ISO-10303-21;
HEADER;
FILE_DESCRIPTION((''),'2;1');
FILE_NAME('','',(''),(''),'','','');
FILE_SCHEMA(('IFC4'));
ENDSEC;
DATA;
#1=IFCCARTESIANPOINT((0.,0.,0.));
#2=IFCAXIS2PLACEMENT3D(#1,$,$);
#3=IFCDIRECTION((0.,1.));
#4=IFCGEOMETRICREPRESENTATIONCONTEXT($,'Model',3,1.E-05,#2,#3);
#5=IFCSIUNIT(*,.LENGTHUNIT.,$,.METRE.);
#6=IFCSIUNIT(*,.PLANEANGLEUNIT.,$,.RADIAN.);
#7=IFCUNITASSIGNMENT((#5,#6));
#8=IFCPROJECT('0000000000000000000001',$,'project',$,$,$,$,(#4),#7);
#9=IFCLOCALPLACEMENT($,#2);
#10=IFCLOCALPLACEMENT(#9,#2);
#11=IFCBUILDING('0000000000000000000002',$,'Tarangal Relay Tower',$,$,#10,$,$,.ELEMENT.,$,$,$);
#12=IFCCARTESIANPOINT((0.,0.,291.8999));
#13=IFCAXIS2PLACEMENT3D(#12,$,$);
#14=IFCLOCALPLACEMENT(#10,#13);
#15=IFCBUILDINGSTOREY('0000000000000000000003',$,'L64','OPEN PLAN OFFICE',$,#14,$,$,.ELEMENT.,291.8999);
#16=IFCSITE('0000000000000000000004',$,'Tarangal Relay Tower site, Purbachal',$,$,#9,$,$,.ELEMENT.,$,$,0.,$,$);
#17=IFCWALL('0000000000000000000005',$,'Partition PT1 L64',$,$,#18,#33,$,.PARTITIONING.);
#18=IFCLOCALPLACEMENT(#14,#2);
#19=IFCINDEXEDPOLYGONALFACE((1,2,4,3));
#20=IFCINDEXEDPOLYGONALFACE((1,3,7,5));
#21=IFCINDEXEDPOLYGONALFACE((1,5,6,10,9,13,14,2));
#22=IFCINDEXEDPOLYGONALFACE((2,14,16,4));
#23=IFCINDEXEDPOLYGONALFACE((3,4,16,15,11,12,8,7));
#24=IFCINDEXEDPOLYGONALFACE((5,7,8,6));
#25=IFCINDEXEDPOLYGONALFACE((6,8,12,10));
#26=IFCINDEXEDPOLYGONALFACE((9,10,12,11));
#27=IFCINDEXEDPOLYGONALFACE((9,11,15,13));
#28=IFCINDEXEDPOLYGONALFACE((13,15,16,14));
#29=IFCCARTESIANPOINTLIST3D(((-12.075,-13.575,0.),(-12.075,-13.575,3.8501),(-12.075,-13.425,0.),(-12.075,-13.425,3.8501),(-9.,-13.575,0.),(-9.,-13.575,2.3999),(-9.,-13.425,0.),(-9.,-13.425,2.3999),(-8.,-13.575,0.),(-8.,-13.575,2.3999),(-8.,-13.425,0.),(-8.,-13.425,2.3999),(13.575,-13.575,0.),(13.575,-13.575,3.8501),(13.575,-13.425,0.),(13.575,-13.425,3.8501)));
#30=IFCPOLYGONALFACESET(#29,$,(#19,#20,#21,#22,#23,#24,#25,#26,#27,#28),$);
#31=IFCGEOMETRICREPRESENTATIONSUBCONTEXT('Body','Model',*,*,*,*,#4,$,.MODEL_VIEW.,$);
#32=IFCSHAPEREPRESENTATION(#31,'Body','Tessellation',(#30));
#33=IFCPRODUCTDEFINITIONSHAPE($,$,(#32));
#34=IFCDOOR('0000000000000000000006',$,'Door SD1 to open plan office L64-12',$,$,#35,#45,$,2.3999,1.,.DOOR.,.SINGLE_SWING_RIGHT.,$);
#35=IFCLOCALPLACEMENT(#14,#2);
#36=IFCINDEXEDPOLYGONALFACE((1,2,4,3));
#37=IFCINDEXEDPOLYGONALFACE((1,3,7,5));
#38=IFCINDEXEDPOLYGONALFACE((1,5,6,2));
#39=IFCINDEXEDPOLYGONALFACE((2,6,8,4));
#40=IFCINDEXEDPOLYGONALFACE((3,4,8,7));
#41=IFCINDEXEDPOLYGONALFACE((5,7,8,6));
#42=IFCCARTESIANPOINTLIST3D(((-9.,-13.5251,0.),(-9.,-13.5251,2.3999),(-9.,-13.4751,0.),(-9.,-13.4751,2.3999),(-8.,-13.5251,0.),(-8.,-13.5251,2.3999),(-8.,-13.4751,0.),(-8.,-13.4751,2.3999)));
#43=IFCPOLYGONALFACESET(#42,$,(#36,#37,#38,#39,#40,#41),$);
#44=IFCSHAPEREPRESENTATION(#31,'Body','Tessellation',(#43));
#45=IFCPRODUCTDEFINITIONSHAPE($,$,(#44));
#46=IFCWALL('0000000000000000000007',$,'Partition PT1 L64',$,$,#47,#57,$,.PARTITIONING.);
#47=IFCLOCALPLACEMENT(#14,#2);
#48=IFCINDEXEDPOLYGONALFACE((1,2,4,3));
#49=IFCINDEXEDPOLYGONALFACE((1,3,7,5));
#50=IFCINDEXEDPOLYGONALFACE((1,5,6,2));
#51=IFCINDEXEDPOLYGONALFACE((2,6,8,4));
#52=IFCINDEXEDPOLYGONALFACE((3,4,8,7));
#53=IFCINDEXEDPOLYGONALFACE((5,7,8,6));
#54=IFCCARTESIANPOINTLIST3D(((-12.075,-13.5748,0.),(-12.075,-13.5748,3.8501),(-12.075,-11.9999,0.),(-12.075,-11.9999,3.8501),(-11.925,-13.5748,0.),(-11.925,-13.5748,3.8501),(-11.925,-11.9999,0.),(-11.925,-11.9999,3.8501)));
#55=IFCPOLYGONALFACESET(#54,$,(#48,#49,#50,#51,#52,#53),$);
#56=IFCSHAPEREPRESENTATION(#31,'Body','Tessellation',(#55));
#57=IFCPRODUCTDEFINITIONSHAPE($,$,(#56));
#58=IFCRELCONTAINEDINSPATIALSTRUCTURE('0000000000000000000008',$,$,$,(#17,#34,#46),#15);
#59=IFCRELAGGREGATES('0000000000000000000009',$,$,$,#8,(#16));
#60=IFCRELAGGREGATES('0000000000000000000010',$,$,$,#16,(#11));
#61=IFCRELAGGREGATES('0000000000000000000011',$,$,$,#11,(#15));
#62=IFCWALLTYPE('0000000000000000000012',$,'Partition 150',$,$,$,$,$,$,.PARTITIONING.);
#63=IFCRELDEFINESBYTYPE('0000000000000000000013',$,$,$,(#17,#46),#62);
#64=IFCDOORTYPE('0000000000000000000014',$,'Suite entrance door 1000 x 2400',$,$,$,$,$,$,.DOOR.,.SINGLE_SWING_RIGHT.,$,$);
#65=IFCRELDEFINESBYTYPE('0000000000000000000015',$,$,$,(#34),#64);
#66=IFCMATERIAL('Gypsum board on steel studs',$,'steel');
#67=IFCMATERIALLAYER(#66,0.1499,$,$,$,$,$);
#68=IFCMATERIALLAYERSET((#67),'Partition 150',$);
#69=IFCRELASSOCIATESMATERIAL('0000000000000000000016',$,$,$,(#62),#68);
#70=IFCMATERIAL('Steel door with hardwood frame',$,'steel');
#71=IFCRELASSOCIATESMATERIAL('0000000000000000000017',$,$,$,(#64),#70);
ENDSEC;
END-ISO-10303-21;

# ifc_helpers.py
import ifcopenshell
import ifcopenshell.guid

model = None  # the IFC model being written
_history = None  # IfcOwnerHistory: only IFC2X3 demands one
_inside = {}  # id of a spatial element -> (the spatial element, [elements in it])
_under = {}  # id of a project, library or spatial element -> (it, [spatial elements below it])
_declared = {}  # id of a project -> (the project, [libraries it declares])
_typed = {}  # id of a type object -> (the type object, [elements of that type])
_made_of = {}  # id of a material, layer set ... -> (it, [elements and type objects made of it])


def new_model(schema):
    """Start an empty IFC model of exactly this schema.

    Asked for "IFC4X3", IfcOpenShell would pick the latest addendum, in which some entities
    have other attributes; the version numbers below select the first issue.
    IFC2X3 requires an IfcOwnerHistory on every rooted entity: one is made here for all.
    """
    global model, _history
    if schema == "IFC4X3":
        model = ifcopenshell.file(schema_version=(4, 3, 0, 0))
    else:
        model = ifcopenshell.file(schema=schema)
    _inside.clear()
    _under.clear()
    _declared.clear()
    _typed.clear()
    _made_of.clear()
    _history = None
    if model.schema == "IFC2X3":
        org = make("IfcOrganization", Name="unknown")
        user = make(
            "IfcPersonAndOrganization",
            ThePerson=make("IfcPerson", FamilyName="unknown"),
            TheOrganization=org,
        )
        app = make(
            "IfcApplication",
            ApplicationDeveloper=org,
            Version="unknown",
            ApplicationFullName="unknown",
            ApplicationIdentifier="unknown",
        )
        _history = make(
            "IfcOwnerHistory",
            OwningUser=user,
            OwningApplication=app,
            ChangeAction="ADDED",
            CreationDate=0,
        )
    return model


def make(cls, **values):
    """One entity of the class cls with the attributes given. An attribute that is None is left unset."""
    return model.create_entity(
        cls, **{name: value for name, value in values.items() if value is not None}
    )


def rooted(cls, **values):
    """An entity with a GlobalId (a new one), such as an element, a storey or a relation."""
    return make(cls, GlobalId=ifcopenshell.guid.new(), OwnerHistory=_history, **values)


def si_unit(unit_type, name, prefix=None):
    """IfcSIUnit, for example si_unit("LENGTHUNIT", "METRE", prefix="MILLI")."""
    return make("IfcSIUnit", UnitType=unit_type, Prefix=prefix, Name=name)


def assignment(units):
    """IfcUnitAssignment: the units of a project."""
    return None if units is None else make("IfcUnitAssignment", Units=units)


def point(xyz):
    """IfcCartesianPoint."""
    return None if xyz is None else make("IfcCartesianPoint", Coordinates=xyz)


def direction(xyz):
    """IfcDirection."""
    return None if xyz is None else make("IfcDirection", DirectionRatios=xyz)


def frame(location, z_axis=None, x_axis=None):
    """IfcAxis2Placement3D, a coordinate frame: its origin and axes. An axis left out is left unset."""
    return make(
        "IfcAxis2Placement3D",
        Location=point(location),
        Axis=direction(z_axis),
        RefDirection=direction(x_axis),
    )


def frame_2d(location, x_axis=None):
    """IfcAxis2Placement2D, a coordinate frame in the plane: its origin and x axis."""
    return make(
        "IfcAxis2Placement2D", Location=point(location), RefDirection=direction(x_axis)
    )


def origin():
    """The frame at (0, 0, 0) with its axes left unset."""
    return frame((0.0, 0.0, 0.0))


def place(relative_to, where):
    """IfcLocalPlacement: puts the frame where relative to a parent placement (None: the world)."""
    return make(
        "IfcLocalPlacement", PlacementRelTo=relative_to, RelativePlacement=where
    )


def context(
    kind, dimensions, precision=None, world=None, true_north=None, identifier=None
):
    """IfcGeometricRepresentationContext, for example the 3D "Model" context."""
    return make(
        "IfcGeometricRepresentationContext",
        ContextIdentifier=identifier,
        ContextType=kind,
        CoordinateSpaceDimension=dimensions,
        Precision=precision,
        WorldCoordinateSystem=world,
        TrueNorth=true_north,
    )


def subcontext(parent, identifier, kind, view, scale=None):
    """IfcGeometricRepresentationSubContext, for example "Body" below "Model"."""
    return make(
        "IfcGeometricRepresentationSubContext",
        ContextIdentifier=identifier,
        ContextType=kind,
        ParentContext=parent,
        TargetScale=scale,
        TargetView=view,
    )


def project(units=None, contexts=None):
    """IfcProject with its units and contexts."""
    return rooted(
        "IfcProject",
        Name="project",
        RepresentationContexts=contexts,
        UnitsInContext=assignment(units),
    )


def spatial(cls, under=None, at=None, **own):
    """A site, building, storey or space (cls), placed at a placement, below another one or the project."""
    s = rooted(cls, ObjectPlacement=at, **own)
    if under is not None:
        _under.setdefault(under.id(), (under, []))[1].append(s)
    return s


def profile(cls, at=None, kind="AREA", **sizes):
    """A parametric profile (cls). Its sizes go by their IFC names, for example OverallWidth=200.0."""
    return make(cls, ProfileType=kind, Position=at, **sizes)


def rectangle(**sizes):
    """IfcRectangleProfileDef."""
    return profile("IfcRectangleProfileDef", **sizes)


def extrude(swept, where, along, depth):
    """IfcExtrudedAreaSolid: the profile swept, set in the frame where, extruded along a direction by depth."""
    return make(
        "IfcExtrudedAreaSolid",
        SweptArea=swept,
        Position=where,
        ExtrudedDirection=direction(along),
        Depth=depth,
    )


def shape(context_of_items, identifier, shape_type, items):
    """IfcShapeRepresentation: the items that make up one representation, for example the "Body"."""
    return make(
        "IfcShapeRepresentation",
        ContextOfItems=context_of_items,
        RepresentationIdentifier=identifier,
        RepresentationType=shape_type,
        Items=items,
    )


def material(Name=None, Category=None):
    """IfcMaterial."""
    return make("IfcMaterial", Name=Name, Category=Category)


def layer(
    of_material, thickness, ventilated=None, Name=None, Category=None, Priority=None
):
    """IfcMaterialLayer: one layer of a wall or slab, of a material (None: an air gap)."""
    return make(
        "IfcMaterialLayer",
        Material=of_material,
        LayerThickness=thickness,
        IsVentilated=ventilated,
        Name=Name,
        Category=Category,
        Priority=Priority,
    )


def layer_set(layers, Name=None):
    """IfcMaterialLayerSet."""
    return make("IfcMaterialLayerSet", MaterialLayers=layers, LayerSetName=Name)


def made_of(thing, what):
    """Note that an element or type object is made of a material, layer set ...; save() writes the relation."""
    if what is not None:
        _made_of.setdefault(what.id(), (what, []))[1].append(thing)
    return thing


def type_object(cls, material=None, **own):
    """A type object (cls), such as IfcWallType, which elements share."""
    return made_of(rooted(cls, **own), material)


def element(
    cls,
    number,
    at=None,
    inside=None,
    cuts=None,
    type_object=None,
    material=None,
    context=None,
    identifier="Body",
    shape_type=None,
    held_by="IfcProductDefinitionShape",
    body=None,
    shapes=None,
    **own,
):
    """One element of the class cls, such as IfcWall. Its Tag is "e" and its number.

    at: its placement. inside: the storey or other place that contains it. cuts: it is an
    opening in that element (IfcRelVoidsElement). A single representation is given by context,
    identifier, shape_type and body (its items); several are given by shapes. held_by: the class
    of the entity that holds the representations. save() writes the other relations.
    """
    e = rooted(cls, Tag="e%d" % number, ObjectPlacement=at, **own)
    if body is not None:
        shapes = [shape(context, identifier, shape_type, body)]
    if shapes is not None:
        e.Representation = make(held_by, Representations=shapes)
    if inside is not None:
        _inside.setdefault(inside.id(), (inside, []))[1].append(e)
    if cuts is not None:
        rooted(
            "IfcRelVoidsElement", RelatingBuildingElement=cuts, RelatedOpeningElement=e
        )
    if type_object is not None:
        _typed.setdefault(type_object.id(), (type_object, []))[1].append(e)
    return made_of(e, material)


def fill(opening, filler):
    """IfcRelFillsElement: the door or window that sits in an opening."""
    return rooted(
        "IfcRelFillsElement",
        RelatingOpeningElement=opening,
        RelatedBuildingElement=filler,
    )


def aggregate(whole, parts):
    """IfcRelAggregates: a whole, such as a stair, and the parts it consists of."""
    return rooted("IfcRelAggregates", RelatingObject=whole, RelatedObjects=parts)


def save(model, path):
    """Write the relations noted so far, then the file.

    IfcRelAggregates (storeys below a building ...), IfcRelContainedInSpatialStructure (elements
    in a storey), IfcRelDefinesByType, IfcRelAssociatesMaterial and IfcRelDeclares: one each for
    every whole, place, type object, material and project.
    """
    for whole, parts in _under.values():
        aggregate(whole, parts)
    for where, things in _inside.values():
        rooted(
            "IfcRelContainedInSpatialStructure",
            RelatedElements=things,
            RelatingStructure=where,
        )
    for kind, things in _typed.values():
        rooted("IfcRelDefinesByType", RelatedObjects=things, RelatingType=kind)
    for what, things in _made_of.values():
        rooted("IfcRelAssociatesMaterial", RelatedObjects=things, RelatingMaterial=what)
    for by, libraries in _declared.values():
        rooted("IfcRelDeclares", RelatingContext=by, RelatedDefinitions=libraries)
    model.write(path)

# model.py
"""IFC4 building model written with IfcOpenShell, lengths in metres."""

from ifc_helpers import new_model, si_unit, direction, frame, frame_2d, origin, place, context, subcontext, project, spatial, rectangle, extrude, material, layer, layer_set, type_object, element, fill, save


model = new_model("IFC4")

# Units and contexts
model_context = context("Model", 3, precision=1e-05, world=origin(), true_north=direction((0.0, 1.0)))
body_context = subcontext(model_context, "Body", "Model", "MODEL_VIEW")
ifc_project = project(units=[si_unit("LENGTHUNIT", "METRE"), si_unit("PLANEANGLEUNIT", "RADIAN")], contexts=[model_context])

# Site, building, storey
site_placement = place(None, origin())
site = spatial("IfcSite", under=ifc_project, at=site_placement, Name="Tarangal Relay Tower site, Purbachal", CompositionType="ELEMENT", RefElevation=0.0)
building_placement = place(site_placement, origin())
building = spatial("IfcBuilding", under=site, at=building_placement, Name="Tarangal Relay Tower", CompositionType="ELEMENT")
storey_placement = place(building_placement, frame((0.0, 0.0, 291.8999)))
storey = spatial("IfcBuildingStorey", under=building, at=storey_placement, Name="L64", Description="OPEN PLAN OFFICE", CompositionType="ELEMENT", Elevation=291.8999)

# Wall, opening, door
ifc_material_1 = material(Name="Gypsum board on steel studs", Category="steel")
ifc_layer_1 = layer(ifc_material_1, 0.1499)
ifc_layer_set_1 = layer_set([ifc_layer_1], Name="Partition 150")
wall_type_1 = type_object("IfcWallType", Name="Partition 150", PredefinedType="PARTITIONING", material=ifc_layer_set_1)
wall_1_placement = place(storey_placement, frame((-12.075, -13.5, 0.0), z_axis=(0.0, 0.0, 1.0), x_axis=(1.0, 0.0, 0.0)))
wall_1 = element("IfcWall", 1, at=wall_1_placement, inside=storey, type_object=wall_type_1, Name="Partition PT1 L64", PredefinedType="PARTITIONING", context=body_context, shape_type="SweptSolid", body=[
    extrude(rectangle(XDim=25.6499, YDim=0.1499, at=frame_2d((12.825, 0.0))), origin(), (0.0, 0.0, 1.0), 3.8501),
])
opening_1_placement = place(wall_1_placement, frame((3.075, 0.0, 0.0)))
opening_1 = element("IfcOpeningElement", 2, at=opening_1_placement, cuts=wall_1, PredefinedType="OPENING", context=body_context, shape_type="SweptSolid", body=[
    extrude(rectangle(XDim=1.0, YDim=2.3999, at=frame_2d((0.5, 1.2))), frame((0.0, 0.085, 0.0), z_axis=(0.0, -1.0, 0.0), x_axis=(1.0, 0.0, 0.0)), (0.0, 0.0, 1.0), 0.1699),
])
ifc_material_2 = material(Name="Steel door with hardwood frame", Category="steel")
door_type_1 = type_object("IfcDoorType", Name="Suite entrance door 1000 x 2400", OperationType="SINGLE_SWING_RIGHT", PredefinedType="DOOR", material=ifc_material_2)
door_1_placement = place(opening_1_placement, origin())
door_1 = element("IfcDoor", 3, at=door_1_placement, inside=storey, type_object=door_type_1, Name="Door SD1 to open plan office L64-12", OperationType="SINGLE_SWING_RIGHT", OverallHeight=2.3999, OverallWidth=1.0, PredefinedType="DOOR", context=body_context, shape_type="SweptSolid", body=[
    extrude(rectangle(XDim=1.0, YDim=2.3999, at=frame_2d((0.5, 1.2))), frame((0.0, 0.0249, 0.0), z_axis=(0.0, -1.0, 0.0), x_axis=(1.0, 0.0, 0.0)), (0.0, 0.0, 1.0), 0.05),
])
fill(opening_1, door_1)

# Wall
wall_2_placement = place(storey_placement, frame((-12.0, -13.575, 0.0), z_axis=(0.0, 0.0, 1.0), x_axis=(0.0, 1.0, 0.0)))
element("IfcWall", 4, at=wall_2_placement, inside=storey, type_object=wall_type_1, Name="Partition PT1 L64", PredefinedType="PARTITIONING", context=body_context, shape_type="SweptSolid", body=[
    extrude(rectangle(XDim=1.575, YDim=0.1499, at=frame_2d((0.7876, 0.0))), origin(), (0.0, 0.0, 1.0), 3.8501),
])

save(model, "model.ifc")
